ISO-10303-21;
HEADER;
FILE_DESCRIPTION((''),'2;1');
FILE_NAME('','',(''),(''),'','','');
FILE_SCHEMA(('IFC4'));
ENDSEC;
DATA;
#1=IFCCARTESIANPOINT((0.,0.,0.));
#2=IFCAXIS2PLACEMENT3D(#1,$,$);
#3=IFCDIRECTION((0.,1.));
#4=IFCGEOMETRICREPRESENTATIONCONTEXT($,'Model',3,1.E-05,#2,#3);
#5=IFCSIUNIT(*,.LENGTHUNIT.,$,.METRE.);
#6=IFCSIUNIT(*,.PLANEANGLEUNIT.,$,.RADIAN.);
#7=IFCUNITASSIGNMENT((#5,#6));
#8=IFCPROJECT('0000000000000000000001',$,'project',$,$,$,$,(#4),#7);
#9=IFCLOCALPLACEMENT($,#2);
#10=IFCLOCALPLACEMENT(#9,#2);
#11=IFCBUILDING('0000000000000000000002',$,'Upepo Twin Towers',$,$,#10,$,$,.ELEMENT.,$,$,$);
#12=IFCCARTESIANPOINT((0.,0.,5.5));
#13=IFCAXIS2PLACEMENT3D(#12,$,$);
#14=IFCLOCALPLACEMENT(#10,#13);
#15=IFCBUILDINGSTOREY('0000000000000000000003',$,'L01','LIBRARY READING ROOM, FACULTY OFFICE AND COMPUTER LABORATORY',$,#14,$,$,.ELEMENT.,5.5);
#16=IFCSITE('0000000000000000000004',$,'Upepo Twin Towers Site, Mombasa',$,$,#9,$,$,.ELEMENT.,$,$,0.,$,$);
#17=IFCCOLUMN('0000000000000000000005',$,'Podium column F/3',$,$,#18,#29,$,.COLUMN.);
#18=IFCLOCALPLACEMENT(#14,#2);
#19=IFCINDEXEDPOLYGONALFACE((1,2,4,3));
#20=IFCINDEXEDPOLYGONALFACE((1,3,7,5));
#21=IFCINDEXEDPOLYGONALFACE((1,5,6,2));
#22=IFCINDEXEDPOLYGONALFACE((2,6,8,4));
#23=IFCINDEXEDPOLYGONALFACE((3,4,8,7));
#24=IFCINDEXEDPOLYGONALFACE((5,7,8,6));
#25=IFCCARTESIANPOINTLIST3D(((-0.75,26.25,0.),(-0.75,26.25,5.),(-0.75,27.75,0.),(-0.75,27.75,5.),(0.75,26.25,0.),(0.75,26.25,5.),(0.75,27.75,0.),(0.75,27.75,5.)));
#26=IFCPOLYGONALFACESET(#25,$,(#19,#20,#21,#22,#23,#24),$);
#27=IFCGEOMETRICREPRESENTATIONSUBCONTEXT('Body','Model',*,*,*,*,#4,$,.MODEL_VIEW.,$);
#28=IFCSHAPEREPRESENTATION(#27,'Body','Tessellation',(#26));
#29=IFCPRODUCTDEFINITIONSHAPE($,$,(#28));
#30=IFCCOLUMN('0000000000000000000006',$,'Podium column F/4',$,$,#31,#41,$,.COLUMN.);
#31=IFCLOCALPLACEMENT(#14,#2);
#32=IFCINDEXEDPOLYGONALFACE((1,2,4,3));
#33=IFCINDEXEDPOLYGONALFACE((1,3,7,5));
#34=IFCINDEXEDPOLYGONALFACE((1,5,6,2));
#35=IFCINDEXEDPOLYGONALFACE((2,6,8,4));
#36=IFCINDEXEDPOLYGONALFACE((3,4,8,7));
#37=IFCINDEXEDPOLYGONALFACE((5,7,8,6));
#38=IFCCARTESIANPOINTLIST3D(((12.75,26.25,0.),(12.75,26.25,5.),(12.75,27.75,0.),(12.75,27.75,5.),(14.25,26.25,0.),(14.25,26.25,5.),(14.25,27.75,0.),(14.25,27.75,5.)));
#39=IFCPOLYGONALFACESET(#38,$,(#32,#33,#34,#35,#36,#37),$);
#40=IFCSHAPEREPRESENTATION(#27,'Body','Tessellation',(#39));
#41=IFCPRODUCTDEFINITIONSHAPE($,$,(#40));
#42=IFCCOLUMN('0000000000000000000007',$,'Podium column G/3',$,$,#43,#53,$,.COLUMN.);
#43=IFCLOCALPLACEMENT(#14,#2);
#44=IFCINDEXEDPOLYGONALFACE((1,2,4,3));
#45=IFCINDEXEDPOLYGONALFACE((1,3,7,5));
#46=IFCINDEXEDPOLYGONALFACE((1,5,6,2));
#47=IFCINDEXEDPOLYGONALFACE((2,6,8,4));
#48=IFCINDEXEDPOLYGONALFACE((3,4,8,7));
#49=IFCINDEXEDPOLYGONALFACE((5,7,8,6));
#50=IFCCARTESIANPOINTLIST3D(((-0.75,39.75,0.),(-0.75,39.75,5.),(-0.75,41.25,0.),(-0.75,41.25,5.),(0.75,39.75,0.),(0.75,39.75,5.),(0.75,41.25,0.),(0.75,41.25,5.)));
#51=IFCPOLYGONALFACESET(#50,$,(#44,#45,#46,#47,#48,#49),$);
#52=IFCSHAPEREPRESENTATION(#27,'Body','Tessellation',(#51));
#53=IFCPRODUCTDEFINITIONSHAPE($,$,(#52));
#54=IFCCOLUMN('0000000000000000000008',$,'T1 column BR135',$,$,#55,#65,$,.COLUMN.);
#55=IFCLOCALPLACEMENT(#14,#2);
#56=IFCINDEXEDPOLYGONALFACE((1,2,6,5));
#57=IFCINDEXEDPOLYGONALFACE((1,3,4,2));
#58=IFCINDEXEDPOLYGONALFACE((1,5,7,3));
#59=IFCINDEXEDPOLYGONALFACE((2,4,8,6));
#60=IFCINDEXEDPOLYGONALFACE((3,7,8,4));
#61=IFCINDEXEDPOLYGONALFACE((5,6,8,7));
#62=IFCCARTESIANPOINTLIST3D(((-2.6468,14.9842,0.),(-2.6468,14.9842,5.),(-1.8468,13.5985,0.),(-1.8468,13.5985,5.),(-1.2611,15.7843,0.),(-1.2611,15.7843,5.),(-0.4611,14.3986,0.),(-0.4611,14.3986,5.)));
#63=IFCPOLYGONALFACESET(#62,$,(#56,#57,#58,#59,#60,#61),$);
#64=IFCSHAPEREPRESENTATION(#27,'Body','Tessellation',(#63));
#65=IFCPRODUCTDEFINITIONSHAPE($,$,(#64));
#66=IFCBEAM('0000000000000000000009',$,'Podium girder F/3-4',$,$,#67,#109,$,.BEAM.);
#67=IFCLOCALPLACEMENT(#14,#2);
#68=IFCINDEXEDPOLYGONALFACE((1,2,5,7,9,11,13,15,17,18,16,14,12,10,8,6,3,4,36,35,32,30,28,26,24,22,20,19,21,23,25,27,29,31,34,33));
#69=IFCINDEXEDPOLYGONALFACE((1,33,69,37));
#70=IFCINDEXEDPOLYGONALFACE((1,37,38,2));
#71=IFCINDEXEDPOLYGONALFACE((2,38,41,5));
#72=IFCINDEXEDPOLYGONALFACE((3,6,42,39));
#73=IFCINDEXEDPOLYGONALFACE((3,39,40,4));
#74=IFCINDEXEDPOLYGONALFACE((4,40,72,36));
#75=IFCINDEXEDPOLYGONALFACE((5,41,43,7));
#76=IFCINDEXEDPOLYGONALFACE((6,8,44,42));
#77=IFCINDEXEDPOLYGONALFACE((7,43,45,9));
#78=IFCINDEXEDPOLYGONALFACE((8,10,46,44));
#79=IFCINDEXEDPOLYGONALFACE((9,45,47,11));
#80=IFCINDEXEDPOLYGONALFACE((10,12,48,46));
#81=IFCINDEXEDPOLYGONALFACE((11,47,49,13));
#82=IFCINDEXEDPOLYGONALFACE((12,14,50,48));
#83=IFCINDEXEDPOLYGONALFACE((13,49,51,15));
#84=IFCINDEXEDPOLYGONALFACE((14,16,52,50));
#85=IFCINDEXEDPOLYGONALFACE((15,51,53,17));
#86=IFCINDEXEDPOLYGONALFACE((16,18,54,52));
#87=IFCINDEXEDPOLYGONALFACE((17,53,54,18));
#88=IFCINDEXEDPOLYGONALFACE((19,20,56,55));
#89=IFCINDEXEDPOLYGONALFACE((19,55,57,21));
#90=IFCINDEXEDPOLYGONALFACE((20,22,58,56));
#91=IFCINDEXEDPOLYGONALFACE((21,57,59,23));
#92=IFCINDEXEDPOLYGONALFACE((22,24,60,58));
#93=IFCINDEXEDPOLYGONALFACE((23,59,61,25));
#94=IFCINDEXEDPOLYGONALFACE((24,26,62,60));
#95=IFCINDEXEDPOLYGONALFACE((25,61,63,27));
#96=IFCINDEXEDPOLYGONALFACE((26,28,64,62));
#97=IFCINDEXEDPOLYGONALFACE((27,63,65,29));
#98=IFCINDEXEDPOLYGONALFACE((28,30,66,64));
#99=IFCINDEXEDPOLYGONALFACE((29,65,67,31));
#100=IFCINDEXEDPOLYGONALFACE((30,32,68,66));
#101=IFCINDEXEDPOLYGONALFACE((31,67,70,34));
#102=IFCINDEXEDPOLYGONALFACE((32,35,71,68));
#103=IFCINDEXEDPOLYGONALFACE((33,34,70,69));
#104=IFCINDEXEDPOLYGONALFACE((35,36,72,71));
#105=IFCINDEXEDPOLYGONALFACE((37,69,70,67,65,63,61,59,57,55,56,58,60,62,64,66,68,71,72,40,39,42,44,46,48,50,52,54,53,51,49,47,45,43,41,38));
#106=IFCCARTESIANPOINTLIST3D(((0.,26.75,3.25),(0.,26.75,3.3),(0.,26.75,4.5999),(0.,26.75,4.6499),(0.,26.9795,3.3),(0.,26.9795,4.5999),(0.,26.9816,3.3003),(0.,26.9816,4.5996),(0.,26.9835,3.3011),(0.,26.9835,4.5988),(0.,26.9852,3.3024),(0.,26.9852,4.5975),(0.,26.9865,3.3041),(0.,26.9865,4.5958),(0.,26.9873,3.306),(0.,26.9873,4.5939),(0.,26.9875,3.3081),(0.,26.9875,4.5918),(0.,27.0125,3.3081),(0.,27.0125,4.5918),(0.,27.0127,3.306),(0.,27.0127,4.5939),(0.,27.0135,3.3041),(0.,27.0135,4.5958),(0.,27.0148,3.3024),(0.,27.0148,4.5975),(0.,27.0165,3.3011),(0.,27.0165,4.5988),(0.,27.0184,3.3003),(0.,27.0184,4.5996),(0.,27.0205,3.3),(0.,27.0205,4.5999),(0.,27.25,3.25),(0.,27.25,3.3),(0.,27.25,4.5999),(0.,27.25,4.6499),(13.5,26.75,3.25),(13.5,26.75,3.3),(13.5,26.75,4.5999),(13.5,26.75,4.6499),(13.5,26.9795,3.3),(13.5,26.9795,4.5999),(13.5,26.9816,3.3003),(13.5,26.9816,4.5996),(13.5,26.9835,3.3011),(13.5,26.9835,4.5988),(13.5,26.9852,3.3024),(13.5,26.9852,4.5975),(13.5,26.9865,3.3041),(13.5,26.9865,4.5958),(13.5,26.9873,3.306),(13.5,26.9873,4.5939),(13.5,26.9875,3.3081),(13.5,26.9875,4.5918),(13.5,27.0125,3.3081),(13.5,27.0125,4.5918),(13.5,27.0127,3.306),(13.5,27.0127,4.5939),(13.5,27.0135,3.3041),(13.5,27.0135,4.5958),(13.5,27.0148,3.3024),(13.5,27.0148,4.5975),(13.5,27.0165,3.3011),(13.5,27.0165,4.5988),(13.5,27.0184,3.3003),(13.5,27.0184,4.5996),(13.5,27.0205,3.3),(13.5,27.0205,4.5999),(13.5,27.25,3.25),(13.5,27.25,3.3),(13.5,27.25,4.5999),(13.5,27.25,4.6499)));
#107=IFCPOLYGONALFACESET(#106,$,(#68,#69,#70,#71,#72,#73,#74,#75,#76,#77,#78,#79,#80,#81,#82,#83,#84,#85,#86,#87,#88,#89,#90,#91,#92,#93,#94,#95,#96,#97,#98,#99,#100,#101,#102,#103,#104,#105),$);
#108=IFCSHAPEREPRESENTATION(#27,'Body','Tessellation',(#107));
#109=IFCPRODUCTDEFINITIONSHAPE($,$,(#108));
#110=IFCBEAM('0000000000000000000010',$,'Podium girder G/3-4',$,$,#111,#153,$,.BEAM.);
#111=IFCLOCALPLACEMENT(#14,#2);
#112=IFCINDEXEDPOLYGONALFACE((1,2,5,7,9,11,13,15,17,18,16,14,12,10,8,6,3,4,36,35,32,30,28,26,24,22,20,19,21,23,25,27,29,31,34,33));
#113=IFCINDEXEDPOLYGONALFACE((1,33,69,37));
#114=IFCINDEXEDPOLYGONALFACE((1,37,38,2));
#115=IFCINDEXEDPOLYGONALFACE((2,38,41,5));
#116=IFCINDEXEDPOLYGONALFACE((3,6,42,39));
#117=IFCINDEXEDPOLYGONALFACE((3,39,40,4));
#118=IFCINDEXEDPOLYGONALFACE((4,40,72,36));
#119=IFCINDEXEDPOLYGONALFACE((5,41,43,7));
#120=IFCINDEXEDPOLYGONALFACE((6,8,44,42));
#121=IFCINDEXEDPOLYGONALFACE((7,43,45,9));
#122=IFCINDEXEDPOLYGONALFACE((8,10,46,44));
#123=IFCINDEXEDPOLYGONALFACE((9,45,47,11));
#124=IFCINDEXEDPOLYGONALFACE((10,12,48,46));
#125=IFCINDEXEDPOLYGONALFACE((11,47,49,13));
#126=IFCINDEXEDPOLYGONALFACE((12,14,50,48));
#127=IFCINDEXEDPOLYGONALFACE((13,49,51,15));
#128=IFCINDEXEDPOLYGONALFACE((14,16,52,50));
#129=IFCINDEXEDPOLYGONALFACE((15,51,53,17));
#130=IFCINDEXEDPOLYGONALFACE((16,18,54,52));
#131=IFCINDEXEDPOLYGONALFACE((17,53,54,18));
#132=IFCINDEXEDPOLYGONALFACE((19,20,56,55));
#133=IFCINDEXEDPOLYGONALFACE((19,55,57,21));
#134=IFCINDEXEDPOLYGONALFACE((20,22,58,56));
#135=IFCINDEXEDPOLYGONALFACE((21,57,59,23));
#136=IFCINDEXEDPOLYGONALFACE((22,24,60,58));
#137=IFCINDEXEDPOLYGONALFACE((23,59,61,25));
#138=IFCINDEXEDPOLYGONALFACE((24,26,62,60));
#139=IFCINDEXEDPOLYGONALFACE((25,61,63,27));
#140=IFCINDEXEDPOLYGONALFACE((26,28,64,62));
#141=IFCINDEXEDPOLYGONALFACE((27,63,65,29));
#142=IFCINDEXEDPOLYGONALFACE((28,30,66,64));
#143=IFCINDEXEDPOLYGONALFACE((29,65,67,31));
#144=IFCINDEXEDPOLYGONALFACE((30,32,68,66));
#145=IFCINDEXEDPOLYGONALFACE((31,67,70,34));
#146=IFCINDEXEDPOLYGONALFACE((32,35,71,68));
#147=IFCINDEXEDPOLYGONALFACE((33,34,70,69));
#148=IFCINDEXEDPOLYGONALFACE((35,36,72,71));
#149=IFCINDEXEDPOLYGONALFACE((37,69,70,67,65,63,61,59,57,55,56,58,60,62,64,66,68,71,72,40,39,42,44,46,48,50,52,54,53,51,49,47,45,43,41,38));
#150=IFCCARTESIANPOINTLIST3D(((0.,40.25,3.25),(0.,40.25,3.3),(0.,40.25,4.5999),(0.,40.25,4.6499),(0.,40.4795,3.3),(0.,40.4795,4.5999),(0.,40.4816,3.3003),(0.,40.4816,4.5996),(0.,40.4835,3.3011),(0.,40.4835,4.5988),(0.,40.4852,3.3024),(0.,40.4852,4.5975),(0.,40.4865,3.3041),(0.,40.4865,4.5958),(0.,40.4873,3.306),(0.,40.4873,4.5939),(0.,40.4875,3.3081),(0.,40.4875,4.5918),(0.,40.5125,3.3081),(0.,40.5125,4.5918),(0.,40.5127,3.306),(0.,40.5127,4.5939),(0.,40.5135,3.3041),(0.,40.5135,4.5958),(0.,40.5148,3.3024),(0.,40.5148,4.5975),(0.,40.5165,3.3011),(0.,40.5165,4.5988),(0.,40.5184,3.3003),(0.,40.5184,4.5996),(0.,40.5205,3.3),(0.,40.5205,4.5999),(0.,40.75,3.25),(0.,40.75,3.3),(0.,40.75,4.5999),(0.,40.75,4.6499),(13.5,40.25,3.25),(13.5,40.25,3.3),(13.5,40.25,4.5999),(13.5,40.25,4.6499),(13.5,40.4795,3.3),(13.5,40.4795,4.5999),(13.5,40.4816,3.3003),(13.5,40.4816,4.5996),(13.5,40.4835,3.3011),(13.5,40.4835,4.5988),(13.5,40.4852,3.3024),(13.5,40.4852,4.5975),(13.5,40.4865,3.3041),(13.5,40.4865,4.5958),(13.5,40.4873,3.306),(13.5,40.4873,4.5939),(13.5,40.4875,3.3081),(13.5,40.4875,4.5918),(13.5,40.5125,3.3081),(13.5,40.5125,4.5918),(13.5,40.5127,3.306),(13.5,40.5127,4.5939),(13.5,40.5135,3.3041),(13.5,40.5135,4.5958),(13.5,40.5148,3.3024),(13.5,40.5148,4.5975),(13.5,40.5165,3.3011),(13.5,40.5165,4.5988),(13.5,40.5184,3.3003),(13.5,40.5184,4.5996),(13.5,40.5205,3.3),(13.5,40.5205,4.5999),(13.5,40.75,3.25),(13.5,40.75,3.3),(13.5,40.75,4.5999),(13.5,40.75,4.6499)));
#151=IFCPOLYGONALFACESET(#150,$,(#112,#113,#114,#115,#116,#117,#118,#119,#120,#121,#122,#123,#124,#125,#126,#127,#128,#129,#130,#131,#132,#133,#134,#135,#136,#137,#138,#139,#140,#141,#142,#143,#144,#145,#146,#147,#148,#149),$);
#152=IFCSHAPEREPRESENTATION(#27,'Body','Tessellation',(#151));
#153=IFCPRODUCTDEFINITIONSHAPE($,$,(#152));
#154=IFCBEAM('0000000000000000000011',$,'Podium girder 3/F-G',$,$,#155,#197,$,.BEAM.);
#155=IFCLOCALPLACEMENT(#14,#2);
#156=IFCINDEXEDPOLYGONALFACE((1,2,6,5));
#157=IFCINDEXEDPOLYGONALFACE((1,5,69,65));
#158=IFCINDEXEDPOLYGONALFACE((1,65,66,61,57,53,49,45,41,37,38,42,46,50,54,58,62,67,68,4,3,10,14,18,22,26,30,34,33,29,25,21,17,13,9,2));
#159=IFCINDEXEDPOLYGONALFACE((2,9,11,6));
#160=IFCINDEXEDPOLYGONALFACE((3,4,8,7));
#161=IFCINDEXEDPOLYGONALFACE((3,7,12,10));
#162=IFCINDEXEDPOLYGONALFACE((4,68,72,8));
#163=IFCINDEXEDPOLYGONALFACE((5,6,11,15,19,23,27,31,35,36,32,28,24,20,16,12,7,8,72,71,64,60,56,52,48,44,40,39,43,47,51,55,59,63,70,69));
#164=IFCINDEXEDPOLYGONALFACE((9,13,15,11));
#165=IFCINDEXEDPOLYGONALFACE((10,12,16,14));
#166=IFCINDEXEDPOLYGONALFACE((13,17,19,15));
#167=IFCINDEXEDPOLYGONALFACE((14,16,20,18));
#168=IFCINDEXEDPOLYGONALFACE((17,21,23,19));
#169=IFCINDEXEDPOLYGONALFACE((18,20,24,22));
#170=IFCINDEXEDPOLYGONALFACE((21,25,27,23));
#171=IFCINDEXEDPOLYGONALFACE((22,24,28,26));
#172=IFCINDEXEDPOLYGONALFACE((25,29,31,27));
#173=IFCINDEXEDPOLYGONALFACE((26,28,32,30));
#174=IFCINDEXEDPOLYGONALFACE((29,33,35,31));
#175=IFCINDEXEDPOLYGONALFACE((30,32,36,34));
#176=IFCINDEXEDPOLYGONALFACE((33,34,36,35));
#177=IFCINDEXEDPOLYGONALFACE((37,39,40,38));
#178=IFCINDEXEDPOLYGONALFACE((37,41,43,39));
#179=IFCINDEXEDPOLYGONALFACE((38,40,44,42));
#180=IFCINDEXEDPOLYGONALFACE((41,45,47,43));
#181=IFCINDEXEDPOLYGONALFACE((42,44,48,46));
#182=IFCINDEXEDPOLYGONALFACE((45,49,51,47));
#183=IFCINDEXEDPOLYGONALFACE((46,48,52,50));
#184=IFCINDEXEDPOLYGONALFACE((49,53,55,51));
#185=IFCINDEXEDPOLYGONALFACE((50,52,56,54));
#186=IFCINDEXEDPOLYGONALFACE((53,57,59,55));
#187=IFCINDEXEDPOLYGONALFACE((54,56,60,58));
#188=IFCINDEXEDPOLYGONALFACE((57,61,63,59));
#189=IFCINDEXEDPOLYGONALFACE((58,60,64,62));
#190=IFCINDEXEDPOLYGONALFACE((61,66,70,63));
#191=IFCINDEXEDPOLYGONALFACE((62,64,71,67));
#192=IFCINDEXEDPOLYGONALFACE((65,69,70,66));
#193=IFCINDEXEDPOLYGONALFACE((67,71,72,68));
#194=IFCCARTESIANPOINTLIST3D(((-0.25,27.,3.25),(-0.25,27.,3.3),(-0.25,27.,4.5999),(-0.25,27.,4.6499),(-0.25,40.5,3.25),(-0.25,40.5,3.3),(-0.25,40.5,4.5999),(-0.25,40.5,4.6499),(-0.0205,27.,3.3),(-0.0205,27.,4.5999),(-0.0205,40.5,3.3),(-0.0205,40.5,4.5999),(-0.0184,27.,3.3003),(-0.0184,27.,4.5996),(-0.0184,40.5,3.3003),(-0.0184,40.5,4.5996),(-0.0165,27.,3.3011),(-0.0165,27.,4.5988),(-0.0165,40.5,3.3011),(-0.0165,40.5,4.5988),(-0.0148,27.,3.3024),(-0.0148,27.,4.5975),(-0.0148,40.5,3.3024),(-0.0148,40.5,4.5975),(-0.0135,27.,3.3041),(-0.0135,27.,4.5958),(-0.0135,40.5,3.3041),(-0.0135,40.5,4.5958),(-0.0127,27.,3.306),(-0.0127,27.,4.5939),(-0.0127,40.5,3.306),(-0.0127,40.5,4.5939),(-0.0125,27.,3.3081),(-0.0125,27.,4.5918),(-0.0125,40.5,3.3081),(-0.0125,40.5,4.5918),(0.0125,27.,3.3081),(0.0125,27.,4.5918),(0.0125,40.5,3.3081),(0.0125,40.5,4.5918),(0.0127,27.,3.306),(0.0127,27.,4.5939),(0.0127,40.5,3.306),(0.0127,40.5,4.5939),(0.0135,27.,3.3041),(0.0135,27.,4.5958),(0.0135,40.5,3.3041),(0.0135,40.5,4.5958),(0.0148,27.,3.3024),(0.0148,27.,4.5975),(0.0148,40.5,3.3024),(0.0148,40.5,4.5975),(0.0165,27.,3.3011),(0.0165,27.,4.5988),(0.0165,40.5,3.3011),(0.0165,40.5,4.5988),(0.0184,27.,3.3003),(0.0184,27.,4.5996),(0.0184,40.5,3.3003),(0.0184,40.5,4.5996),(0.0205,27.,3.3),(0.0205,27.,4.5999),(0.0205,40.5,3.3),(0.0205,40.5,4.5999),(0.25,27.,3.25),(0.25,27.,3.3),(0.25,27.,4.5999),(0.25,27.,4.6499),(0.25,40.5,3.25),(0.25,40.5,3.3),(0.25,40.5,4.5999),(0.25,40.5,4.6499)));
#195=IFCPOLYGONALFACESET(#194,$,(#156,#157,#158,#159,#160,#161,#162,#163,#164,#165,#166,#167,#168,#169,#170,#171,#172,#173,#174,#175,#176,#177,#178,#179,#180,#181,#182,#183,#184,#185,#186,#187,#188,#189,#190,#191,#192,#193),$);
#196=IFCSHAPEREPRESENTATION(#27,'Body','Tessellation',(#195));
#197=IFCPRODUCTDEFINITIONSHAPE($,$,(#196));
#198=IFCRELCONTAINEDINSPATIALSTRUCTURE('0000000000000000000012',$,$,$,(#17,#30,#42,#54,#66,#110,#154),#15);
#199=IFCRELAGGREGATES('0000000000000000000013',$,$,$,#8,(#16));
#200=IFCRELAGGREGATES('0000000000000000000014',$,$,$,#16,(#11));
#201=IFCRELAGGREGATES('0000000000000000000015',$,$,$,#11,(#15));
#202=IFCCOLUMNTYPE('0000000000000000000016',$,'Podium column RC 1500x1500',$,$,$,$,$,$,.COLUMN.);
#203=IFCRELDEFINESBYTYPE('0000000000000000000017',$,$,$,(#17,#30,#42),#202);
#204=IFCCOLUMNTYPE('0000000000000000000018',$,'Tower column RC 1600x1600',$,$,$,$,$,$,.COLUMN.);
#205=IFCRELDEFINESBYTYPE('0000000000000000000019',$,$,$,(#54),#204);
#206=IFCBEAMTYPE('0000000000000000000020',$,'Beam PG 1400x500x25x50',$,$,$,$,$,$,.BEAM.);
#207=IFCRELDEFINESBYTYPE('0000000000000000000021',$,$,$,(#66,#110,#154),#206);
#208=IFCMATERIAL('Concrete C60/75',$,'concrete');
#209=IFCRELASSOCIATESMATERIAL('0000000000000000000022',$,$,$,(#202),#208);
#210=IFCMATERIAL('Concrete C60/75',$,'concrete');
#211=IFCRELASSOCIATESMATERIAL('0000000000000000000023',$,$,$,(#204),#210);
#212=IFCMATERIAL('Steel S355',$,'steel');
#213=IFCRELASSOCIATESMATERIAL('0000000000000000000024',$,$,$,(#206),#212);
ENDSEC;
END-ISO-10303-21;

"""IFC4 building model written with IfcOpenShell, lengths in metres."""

from ifc_helpers import new_model, si_unit, direction, frame, origin, origin_2d, place, context, subcontext, project, spatial, rectangle, i_section, extrude, material, material_profile, profile_set, type_object, element, save


model = new_model("IFC4")

# Units and contexts
model_context = context("Model", 3, precision=1e-05, world=origin(), true_north=direction((0.0, 1.0)))
body_context = subcontext(model_context, "Body", "Model", "MODEL_VIEW")
ifc_project = project(units=[si_unit("LENGTHUNIT", "METRE"), si_unit("PLANEANGLEUNIT", "RADIAN")], contexts=[model_context])

# Site, building, storey
site_placement = place(None, origin())
site = spatial("IfcSite", under=ifc_project, at=site_placement, Name="Upepo Twin Towers Site, Mombasa", CompositionType="ELEMENT", RefElevation=0.0)
building_placement = place(site_placement, origin())
building = spatial("IfcBuilding", under=site, at=building_placement, Name="Upepo Twin Towers", CompositionType="ELEMENT")
storey_placement = place(building_placement, frame((0.0, 0.0, 5.5)))
storey = spatial("IfcBuildingStorey", under=building, at=storey_placement, Name="L01", Description="LIBRARY READING ROOM, FACULTY OFFICE AND COMPUTER LABORATORY", CompositionType="ELEMENT", Elevation=5.5)

# Columns
ifc_material_1 = material(Name="Concrete C60/75", Category="concrete")
ifc_material_profile_1 = material_profile(ifc_material_1, rectangle(XDim=1.5, YDim=1.5, at=origin_2d()), Name="RC 1500x1500")
ifc_profile_set_1 = profile_set([ifc_material_profile_1], Name="Concrete C60/75")
column_type_1 = type_object("IfcColumnType", Name="Podium column RC 1500x1500", PredefinedType="COLUMN", material=ifc_profile_set_1)
for number, where, z_axis, x_axis, name in (
    (1, (0.0, 27.0, 0.0), (0.0, 0.0, 1.0), (1.0, 0.0, 0.0), "Podium column F/3"),
    (2, (13.5, 27.0, 0.0), (0.0, 0.0, 1.0), (1.0, 0.0, 0.0), "Podium column F/4"),
    (3, (0.0, 40.5, 0.0), (0.0, 0.0, 1.0), (1.0, 0.0, 0.0), "Podium column G/3"),
):
    element("IfcColumn", number, at=place(storey_placement, frame(where, z_axis=z_axis, x_axis=x_axis)), inside=storey, type_object=column_type_1, Name=name, PredefinedType="COLUMN", context=body_context, shape_type="SweptSolid", body=[
        extrude(rectangle(XDim=1.5, YDim=1.5, at=origin_2d()), origin(), (0.0, 0.0, 1.0), 5.0),
    ])
ifc_material_2 = material(Name="Concrete C60/75", Category="concrete")
ifc_material_profile_2 = material_profile(ifc_material_2, rectangle(XDim=1.6001, YDim=1.6001, at=origin_2d()), Name="RC 1600x1600")
ifc_profile_set_2 = profile_set([ifc_material_profile_2], Name="Concrete C60/75")
column_type_2 = type_object("IfcColumnType", Name="Tower column RC 1600x1600", PredefinedType="COLUMN", material=ifc_profile_set_2)
column_placement = place(storey_placement, frame((-1.554, 14.6914, 0.0), z_axis=(0.0, 0.0, 1.0), x_axis=(0.866025, 0.5, 0.0)))
element("IfcColumn", 4, at=column_placement, inside=storey, type_object=column_type_2, Name="T1 column BR135", PredefinedType="COLUMN", context=body_context, shape_type="SweptSolid", body=[
    extrude(rectangle(XDim=1.6001, YDim=1.6001, at=origin_2d()), origin(), (0.0, 0.0, 1.0), 5.0),
])

# Beams
ifc_material_3 = material(Name="Steel S355", Category="steel")
ifc_material_profile_3 = material_profile(ifc_material_3, i_section(OverallWidth=0.5, OverallDepth=1.3999, WebThickness=0.0249, FlangeThickness=0.05, FilletRadius=0.0081, at=origin_2d()), Name="PG 1400x500x25x50")
ifc_profile_set_3 = profile_set([ifc_material_profile_3], Name="Steel S355")
beam_type_1 = type_object("IfcBeamType", Name="Beam PG 1400x500x25x50", PredefinedType="BEAM", material=ifc_profile_set_3)
for number, where, z_axis, x_axis, name in (
    (5, (0.0, 27.0, 3.95), (1.0, 0.0, 0.0), (0.0, 1.0, 0.0), "Podium girder F/3-4"),
    (6, (0.0, 40.5, 3.95), (1.0, 0.0, 0.0), (0.0, 1.0, 0.0), "Podium girder G/3-4"),
    (7, (0.0, 27.0, 3.95), (0.0, 1.0, 0.0), (-1.0, 0.0, 0.0), "Podium girder 3/F-G"),
):
    element("IfcBeam", number, at=place(storey_placement, frame(where, z_axis=z_axis, x_axis=x_axis)), inside=storey, type_object=beam_type_1, Name=name, PredefinedType="BEAM", context=body_context, shape_type="SweptSolid", body=[
        extrude(i_section(OverallWidth=0.5, OverallDepth=1.3999, WebThickness=0.0249, FlangeThickness=0.05, FilletRadius=0.0081, at=origin_2d()), origin(), (0.0, 0.0, 1.0), 13.5),
    ])

save(model, "model.ifc")
